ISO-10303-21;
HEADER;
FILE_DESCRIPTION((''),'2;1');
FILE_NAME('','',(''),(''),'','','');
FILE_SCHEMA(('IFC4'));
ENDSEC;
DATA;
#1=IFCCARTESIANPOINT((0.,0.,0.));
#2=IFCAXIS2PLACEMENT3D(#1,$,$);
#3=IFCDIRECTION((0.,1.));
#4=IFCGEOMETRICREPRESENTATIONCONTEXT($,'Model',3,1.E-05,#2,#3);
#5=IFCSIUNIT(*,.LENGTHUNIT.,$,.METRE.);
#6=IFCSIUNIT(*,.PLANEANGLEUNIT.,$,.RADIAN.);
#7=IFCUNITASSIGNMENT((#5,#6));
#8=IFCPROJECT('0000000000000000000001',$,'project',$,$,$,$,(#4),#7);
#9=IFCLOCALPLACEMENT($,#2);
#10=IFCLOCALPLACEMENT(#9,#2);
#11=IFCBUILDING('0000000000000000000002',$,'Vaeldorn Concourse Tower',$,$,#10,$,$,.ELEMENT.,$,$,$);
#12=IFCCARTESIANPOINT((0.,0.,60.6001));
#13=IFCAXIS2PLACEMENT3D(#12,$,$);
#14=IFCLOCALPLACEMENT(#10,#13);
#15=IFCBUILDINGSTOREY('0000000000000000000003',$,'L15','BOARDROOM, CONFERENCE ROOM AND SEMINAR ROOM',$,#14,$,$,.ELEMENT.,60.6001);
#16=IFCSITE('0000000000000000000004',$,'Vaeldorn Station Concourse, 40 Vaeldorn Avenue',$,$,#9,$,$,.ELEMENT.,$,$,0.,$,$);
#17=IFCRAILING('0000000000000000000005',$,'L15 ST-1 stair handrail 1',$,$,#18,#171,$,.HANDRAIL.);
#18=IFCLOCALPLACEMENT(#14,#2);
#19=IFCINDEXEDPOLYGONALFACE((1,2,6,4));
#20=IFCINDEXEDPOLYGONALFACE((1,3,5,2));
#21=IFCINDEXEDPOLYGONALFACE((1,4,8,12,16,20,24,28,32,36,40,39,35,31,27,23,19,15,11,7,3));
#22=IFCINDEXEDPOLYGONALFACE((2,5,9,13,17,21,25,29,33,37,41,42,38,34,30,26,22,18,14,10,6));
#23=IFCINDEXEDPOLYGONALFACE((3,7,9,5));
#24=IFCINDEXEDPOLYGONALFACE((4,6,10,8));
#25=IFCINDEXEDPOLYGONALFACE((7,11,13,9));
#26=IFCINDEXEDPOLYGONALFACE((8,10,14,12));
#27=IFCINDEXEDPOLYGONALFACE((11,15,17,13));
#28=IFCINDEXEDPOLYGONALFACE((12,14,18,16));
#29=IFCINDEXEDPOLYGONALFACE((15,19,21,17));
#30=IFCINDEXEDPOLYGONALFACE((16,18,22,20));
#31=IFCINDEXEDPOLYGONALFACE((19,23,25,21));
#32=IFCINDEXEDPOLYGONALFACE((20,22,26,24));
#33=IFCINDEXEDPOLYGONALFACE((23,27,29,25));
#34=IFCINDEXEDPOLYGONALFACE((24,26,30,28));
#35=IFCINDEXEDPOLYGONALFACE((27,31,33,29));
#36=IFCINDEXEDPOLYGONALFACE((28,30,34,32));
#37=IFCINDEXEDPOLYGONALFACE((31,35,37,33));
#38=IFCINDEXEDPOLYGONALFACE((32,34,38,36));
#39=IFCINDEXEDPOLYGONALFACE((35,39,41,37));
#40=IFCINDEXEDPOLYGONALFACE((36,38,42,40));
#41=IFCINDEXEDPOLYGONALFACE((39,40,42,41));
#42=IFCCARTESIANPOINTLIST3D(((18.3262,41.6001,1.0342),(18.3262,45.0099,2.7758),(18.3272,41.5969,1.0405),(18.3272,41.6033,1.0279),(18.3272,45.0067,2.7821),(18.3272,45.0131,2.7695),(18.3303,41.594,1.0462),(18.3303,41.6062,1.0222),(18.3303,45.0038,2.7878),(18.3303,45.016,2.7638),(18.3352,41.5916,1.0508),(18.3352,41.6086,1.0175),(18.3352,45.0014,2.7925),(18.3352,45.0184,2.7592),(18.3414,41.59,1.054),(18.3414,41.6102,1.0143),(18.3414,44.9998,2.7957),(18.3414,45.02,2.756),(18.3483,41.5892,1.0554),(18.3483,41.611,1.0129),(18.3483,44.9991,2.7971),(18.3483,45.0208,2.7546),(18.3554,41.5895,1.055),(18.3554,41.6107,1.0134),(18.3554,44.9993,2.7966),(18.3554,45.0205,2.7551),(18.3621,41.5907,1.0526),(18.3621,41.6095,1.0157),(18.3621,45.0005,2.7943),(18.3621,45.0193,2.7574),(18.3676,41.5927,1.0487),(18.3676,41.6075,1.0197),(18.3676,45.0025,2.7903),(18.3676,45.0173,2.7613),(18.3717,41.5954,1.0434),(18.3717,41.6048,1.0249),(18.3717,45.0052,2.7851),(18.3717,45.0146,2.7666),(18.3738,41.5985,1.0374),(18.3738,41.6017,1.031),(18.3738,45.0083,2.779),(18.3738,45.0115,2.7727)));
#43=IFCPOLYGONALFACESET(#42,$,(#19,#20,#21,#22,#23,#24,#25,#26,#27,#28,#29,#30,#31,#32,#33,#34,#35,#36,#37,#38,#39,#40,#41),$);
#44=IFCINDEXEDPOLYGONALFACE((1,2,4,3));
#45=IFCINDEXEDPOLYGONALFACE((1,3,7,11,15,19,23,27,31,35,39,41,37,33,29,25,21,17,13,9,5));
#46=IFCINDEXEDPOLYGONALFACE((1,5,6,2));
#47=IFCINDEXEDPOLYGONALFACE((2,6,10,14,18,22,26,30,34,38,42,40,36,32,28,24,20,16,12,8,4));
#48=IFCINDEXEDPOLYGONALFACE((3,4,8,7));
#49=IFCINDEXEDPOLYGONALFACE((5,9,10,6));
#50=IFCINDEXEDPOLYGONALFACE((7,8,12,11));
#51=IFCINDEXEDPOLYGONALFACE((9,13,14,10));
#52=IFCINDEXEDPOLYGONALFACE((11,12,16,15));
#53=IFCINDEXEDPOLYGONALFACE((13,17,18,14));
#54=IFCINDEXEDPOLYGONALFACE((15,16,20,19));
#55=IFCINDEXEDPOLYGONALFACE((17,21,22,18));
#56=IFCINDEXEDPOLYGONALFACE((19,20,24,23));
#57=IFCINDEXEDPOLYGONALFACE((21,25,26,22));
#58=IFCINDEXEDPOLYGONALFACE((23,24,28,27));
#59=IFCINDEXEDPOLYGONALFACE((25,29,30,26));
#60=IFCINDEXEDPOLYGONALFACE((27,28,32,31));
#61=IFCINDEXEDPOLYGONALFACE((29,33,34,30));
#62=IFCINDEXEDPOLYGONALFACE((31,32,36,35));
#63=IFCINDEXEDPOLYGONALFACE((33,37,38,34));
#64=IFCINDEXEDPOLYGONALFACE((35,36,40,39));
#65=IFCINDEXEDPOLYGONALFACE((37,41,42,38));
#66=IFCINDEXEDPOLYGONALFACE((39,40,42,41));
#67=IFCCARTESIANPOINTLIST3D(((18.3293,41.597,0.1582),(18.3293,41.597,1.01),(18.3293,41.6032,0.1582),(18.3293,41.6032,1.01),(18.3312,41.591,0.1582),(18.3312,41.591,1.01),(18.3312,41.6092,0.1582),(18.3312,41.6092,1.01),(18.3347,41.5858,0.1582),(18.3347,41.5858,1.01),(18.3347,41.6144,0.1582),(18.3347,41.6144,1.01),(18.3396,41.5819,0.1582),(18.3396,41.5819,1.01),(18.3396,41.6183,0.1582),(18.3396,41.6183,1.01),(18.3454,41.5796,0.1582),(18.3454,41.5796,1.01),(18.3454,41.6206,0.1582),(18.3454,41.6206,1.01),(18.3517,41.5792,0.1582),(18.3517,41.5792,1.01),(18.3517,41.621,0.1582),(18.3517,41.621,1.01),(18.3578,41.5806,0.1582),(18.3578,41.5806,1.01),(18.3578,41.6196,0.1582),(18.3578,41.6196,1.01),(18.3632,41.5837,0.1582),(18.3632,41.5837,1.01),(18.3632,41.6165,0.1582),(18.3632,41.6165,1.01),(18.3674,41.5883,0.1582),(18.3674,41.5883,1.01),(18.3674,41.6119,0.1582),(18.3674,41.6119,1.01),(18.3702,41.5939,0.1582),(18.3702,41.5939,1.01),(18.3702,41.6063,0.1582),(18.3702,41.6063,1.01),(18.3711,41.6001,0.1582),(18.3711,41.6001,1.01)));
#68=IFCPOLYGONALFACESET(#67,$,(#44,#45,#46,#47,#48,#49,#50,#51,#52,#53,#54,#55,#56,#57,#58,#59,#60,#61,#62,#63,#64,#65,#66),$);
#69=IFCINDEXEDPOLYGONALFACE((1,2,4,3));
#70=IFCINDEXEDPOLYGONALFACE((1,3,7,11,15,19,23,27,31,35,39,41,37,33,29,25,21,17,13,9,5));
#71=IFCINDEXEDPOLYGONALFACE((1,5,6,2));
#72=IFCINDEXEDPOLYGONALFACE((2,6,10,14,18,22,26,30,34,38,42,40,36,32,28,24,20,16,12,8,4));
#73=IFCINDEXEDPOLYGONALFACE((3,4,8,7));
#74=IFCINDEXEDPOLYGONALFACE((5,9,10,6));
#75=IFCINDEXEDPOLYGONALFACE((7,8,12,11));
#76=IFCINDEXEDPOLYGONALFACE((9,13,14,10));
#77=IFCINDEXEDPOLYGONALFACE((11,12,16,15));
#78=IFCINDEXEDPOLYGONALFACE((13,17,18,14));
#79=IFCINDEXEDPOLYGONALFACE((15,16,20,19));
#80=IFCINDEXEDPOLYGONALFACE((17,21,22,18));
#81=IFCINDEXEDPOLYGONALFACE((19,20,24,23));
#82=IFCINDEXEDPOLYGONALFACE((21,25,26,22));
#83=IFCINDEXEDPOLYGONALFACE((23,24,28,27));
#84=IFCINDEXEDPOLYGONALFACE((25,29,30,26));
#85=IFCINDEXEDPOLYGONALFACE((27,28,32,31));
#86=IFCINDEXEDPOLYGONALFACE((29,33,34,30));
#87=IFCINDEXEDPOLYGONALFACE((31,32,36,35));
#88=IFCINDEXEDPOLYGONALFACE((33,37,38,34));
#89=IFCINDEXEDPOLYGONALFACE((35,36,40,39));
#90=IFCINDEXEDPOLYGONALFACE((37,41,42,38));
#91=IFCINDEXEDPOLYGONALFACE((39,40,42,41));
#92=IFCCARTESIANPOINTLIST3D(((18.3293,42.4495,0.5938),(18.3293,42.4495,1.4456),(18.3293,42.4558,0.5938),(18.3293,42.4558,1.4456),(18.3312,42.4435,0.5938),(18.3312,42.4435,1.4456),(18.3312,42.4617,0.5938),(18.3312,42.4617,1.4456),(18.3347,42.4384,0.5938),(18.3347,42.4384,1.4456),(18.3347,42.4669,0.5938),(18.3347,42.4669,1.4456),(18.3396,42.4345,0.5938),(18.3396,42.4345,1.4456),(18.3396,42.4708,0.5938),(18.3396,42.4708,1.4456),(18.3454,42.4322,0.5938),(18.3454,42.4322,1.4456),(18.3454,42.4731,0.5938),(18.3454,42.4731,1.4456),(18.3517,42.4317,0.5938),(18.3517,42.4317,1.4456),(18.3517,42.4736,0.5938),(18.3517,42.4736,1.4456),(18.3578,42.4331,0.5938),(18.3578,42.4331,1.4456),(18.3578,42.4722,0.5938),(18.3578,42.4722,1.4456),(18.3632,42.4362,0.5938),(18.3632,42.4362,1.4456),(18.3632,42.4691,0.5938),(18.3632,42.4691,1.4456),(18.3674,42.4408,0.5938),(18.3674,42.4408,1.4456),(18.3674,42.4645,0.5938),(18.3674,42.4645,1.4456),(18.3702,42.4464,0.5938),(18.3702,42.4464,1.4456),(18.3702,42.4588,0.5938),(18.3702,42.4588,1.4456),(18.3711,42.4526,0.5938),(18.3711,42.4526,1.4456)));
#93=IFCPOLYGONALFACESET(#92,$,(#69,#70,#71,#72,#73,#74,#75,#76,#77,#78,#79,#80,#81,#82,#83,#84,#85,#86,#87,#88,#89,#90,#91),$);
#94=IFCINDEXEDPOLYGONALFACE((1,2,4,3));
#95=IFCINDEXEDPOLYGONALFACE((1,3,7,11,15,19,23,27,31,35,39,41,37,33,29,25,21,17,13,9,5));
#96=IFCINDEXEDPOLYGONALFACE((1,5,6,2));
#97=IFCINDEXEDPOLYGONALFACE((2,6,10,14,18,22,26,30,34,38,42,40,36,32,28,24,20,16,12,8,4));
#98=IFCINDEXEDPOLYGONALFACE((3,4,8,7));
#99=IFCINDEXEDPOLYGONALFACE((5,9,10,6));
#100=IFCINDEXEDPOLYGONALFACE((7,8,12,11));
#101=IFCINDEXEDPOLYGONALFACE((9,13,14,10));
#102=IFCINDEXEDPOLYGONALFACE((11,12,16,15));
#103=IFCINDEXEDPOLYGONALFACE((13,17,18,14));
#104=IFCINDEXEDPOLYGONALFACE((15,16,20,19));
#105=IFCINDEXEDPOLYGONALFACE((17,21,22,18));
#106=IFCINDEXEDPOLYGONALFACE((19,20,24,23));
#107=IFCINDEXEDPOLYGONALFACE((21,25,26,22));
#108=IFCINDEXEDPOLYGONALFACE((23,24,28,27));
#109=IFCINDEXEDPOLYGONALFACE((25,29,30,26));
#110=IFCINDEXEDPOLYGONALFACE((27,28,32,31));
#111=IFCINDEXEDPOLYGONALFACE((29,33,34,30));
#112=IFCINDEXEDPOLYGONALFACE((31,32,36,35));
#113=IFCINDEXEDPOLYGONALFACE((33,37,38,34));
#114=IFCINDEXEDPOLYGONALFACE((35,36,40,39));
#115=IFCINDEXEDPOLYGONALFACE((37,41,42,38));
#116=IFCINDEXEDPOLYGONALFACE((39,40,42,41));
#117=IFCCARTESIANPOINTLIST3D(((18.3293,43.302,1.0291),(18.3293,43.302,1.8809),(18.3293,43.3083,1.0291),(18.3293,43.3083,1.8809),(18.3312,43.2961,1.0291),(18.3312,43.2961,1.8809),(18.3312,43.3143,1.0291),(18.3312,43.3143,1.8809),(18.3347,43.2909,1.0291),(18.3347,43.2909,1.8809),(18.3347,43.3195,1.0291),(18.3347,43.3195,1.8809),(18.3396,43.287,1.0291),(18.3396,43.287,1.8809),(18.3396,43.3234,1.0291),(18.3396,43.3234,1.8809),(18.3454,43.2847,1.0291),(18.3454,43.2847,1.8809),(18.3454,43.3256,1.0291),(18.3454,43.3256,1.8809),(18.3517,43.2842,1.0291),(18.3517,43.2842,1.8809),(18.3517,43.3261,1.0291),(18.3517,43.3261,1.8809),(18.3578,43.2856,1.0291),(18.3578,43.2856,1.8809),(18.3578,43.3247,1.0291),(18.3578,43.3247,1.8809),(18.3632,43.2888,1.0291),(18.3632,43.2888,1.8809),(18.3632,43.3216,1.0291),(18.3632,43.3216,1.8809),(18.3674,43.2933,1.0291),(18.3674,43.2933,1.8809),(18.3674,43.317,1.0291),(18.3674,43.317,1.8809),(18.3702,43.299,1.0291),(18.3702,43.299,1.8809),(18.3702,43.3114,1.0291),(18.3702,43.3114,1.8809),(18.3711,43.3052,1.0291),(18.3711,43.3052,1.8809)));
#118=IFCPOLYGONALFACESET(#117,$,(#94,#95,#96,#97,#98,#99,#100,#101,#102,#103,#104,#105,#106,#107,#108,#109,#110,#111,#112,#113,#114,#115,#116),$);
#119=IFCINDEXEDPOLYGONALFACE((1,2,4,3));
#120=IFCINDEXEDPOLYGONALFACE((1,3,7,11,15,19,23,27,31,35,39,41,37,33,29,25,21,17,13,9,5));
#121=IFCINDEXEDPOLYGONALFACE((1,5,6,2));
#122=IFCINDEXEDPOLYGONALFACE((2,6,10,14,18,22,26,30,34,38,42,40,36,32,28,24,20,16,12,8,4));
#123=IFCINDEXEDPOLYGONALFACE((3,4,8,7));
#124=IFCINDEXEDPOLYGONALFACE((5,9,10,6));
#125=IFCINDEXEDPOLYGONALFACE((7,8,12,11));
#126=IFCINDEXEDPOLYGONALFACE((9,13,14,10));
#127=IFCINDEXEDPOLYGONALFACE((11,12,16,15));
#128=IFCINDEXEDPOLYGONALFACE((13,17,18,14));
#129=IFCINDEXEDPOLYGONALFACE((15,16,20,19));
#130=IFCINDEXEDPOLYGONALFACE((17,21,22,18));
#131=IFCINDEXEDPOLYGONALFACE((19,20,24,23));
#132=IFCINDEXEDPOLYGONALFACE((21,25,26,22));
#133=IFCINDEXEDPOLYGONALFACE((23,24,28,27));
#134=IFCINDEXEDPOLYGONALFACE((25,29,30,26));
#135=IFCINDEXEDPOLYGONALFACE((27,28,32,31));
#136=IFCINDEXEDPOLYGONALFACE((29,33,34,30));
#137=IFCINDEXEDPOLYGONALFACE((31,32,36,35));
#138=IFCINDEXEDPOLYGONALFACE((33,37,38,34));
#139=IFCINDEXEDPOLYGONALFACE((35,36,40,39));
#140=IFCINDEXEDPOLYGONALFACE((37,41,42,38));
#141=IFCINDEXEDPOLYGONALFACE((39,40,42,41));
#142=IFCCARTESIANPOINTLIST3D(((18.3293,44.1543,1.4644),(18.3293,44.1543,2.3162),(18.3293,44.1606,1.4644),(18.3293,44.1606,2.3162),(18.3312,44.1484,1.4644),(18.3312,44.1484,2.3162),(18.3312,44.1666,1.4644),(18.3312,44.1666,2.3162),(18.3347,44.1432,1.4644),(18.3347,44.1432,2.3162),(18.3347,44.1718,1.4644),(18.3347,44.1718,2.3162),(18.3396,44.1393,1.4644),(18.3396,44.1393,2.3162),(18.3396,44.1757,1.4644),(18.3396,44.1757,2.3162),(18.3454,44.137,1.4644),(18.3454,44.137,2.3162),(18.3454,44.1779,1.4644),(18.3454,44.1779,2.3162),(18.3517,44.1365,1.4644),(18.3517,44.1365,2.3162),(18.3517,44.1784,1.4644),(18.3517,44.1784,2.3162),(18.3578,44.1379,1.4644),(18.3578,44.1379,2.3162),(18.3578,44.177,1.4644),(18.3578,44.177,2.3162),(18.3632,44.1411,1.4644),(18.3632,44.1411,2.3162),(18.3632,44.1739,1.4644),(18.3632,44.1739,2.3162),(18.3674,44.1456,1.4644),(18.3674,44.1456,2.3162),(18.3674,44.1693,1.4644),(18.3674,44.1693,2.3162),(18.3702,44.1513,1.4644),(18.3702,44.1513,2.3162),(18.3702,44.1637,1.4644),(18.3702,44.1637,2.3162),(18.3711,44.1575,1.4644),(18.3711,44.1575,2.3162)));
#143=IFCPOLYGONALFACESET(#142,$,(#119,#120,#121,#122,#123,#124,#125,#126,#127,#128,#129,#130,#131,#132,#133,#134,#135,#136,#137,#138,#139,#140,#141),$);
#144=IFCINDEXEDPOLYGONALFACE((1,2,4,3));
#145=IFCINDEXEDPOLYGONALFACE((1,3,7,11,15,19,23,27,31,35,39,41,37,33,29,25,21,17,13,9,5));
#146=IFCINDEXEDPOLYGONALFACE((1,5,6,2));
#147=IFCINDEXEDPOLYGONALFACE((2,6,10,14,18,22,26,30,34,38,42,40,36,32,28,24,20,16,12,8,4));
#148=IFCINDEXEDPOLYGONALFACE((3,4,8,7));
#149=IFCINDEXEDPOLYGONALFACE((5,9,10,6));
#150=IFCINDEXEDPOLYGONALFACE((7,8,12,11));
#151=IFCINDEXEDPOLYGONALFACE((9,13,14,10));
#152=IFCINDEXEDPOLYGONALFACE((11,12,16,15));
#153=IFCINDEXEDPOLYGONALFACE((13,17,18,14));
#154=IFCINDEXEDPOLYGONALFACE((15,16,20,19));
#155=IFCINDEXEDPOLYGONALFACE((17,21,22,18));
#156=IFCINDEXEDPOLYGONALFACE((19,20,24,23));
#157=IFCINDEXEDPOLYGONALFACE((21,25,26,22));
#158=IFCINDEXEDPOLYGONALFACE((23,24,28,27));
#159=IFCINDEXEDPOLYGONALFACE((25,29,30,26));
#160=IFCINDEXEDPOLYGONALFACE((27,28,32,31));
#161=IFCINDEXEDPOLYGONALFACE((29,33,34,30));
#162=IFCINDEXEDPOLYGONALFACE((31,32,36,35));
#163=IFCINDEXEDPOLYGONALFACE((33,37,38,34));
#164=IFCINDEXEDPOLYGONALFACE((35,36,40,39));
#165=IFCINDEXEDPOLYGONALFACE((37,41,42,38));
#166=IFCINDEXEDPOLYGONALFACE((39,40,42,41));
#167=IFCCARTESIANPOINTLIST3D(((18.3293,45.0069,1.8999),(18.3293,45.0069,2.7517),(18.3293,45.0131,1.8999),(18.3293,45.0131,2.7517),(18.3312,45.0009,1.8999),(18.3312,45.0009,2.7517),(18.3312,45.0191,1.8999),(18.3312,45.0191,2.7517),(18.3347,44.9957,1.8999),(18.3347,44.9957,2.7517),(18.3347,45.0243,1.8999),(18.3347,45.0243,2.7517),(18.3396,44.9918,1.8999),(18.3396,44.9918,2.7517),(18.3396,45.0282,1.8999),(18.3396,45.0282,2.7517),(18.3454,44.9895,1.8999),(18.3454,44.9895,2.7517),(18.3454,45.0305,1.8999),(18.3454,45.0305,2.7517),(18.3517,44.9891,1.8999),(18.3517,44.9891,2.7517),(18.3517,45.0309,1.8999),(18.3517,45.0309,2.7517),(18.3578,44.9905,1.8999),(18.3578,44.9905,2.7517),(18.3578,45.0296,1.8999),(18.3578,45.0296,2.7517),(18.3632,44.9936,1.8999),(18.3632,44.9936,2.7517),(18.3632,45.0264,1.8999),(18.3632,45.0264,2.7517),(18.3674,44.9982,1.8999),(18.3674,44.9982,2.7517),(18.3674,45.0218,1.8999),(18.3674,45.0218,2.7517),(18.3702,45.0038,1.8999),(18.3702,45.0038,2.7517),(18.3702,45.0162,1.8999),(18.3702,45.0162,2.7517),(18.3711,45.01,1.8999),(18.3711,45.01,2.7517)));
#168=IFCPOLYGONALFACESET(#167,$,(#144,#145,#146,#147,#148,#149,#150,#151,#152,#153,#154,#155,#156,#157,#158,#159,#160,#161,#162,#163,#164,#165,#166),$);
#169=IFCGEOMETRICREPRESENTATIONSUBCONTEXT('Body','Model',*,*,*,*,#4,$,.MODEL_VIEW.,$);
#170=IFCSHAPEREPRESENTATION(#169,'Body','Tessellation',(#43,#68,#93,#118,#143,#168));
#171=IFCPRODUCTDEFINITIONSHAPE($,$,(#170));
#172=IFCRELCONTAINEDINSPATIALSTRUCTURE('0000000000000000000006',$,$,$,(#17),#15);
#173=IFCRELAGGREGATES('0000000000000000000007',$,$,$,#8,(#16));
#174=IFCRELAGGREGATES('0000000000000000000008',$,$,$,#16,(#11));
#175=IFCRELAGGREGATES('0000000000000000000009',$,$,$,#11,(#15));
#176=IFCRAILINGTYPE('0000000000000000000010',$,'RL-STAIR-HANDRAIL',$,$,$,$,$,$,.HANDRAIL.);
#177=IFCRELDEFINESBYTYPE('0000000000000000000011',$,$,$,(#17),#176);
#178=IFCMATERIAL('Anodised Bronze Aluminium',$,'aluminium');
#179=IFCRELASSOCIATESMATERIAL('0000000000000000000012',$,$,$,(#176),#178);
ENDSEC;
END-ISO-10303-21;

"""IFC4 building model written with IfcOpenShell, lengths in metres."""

from ifc_helpers import new_model, si_unit, direction, frame, origin, origin_2d, place, context, subcontext, project, spatial, circle, extrude, material, type_object, element, save


model = new_model("IFC4")

# Units and contexts
model_context = context("Model", 3, precision=1e-05, world=origin(), true_north=direction((0.0, 1.0)))
body_context = subcontext(model_context, "Body", "Model", "MODEL_VIEW")
ifc_project = project(units=[si_unit("LENGTHUNIT", "METRE"), si_unit("PLANEANGLEUNIT", "RADIAN")], contexts=[model_context])

# Site, building, storey
site_placement = place(None, origin())
site = spatial("IfcSite", under=ifc_project, at=site_placement, Name="Vaeldorn Station Concourse, 40 Vaeldorn Avenue", CompositionType="ELEMENT", RefElevation=0.0)
building_placement = place(site_placement, origin())
building = spatial("IfcBuilding", under=site, at=building_placement, Name="Vaeldorn Concourse Tower", CompositionType="ELEMENT")
storey_placement = place(building_placement, frame((0.0, 0.0, 60.6001)))
storey = spatial("IfcBuildingStorey", under=building, at=storey_placement, Name="L15", Description="BOARDROOM, CONFERENCE ROOM AND SEMINAR ROOM", CompositionType="ELEMENT", Elevation=60.6001)

# Shared definitions
ifc_material_1 = material(Name="Anodised Bronze Aluminium", Category="aluminium")

# Railing
railing_type_1 = type_object("IfcRailingType", Name="RL-STAIR-HANDRAIL", PredefinedType="HANDRAIL", material=ifc_material_1)
railing_1_placement = place(storey_placement, frame((18.3501, 41.6001, 0.1582)))
element("IfcRailing", 1, at=railing_1_placement, inside=storey, type_object=railing_type_1, Name="L15 ST-1 stair handrail 1", PredefinedType="HANDRAIL", context=body_context, shape_type="SweptSolid", body=[
    extrude(circle(Radius=0.0239, at=origin_2d()), frame((0.0, 0.0, 0.876), z_axis=(0.0, 0.890556, 0.454874), x_axis=(-1.0, 0.0, 0.0)), (0.0, 0.0, 1.0), 3.8289),
    extrude(circle(Radius=0.021, at=origin_2d()), origin(), (0.0, 0.0, 1.0), 0.8518),
    extrude(circle(Radius=0.021, at=origin_2d()), frame((0.0, 0.8525, 0.4355)), (0.0, 0.0, 1.0), 0.8518),
    extrude(circle(Radius=0.021, at=origin_2d()), frame((0.0, 1.7051, 0.8708)), (0.0, 0.0, 1.0), 0.8518),
    extrude(circle(Radius=0.021, at=origin_2d()), frame((0.0, 2.5574, 1.3062)), (0.0, 0.0, 1.0), 0.8518),
    extrude(circle(Radius=0.021, at=origin_2d()), frame((0.0, 3.4099, 1.7417)), (0.0, 0.0, 1.0), 0.8518),
])

save(model, "model.ifc")
